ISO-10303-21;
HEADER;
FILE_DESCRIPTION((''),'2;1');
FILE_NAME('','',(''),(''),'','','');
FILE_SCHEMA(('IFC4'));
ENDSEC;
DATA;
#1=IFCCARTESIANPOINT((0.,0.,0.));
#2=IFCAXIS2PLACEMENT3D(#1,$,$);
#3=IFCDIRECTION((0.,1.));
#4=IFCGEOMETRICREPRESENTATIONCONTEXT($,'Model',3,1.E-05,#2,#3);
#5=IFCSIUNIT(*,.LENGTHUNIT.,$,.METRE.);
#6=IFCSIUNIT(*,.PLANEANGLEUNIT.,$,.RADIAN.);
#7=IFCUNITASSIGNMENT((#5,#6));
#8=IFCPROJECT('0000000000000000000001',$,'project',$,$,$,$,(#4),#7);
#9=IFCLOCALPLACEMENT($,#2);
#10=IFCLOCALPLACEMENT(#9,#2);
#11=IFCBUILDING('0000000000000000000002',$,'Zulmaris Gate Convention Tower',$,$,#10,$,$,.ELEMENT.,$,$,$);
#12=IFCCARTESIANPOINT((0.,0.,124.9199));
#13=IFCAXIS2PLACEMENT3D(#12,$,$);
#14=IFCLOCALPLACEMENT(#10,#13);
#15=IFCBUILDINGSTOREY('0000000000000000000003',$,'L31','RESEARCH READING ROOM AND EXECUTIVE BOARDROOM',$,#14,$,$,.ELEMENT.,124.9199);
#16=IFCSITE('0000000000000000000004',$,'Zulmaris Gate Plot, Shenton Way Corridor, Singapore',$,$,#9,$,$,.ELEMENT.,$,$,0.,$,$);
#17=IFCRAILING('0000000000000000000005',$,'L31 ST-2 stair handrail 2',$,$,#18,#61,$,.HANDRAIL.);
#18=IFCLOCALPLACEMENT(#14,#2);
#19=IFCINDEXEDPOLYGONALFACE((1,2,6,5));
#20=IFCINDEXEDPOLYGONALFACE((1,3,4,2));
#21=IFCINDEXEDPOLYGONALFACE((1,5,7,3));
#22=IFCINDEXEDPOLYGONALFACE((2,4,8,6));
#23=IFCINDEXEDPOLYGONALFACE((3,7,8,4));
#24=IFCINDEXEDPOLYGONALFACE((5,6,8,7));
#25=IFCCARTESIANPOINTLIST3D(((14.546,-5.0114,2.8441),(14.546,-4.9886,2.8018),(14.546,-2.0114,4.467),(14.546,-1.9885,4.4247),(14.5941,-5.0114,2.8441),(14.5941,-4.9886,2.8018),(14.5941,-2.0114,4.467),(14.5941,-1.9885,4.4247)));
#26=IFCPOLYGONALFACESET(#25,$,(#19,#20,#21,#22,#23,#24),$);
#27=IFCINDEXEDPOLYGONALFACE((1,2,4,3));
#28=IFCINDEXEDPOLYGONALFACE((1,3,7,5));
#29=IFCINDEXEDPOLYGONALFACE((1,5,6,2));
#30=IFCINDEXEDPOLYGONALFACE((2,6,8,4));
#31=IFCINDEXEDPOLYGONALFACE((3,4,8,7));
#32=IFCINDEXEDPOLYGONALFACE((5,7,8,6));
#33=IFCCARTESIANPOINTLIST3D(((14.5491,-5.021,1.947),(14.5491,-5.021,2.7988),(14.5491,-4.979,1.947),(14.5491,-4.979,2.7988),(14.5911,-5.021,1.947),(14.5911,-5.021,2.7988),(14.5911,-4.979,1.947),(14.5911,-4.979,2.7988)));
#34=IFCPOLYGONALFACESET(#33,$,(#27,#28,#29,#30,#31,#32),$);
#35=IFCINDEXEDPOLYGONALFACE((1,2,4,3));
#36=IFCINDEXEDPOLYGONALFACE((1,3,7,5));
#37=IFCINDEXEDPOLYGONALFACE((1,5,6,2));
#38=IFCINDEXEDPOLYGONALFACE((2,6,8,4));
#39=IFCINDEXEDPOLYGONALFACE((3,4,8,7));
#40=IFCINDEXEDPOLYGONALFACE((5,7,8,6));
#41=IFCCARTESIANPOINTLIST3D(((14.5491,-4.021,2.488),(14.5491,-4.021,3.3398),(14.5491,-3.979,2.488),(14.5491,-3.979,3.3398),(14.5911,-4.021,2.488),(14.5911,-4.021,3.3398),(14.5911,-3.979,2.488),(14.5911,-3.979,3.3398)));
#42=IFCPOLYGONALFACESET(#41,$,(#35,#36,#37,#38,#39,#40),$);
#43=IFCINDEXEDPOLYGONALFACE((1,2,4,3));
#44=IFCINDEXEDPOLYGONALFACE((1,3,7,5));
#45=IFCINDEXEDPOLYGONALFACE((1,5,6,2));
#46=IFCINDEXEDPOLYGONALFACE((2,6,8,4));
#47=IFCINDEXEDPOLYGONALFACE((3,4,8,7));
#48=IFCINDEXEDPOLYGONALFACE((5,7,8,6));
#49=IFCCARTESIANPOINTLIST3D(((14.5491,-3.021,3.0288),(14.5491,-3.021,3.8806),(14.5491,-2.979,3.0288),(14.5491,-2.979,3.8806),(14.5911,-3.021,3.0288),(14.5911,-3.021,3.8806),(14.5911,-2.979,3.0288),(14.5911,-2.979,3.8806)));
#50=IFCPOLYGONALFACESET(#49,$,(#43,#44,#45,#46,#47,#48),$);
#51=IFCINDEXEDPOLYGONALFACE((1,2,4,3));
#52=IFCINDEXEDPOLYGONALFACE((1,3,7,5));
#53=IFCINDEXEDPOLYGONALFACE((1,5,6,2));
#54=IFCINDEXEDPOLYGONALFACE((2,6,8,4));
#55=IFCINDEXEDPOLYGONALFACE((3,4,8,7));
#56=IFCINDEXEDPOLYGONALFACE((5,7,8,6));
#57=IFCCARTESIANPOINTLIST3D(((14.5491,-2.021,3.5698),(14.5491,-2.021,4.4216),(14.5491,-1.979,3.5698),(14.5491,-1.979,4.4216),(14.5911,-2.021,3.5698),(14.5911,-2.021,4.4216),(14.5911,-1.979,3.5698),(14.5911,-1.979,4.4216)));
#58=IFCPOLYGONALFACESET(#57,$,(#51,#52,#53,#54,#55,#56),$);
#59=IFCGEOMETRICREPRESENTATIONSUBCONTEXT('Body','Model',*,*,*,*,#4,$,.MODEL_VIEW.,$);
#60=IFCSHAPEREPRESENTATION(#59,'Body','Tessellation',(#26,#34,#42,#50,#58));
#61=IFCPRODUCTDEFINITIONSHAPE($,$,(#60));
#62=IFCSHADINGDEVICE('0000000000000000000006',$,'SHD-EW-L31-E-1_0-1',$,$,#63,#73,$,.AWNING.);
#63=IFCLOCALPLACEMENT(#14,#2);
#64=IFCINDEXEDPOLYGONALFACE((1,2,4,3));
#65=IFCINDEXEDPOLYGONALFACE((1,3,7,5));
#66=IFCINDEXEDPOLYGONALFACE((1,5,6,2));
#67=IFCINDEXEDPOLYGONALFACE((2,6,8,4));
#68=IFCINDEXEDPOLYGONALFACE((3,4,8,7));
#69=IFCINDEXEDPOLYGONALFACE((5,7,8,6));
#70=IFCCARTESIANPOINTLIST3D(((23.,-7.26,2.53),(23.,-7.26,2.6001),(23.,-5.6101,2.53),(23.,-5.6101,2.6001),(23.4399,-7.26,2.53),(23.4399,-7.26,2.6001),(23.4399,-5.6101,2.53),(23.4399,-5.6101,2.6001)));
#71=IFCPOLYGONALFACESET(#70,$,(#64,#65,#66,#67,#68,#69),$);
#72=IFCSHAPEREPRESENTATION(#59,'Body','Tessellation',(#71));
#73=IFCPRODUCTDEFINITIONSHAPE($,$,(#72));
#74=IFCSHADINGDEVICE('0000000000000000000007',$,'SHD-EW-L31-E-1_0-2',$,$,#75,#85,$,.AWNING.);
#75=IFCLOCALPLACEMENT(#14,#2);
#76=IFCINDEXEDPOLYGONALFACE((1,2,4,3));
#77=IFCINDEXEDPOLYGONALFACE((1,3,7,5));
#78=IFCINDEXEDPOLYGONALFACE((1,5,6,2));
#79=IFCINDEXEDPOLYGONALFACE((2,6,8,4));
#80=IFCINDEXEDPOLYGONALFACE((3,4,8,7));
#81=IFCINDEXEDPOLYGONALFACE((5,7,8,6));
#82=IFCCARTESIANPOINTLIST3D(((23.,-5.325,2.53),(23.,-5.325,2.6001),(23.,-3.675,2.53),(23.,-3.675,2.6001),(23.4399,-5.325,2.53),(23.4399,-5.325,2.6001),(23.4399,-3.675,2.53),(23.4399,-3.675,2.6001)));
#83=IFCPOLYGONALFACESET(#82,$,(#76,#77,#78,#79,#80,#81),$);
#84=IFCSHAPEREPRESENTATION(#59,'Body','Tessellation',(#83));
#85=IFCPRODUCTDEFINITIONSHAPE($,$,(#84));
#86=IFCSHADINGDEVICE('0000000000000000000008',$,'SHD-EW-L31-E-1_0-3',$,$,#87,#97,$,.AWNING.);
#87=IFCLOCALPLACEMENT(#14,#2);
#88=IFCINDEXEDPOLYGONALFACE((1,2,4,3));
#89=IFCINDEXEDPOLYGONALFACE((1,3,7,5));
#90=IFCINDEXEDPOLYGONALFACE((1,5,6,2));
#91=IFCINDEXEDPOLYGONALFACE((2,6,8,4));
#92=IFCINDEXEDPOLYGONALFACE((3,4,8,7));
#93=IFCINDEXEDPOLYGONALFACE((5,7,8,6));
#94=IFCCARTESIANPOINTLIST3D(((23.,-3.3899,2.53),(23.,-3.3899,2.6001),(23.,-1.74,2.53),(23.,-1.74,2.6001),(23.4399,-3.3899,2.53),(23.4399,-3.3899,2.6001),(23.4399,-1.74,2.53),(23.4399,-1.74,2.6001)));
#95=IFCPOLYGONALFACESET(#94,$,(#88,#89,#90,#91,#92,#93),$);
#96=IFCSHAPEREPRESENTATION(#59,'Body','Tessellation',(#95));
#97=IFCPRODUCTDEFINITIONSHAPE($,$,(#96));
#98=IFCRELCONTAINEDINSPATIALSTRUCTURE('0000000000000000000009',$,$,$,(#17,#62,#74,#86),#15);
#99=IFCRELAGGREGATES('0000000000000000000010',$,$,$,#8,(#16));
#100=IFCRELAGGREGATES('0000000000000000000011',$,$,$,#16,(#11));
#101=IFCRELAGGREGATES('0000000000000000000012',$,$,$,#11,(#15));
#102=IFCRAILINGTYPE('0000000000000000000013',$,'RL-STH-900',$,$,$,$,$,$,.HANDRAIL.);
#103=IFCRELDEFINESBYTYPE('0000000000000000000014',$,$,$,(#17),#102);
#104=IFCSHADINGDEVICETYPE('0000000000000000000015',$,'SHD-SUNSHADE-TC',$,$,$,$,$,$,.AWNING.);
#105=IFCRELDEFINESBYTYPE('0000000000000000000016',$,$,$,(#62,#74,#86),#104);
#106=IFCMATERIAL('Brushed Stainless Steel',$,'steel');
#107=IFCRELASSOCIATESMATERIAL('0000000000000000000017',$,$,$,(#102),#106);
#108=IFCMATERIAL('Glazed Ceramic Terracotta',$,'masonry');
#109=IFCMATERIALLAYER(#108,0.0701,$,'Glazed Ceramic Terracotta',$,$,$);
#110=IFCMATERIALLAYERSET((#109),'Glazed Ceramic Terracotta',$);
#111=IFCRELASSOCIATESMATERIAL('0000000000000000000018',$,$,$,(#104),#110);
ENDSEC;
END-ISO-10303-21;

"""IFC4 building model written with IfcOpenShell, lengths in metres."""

from ifc_helpers import new_model, si_unit, direction, frame, frame_2d, origin, origin_2d, place, context, subcontext, project, spatial, rectangle, extrude, material, layer, layer_set, type_object, element, save


model = new_model("IFC4")

# Units and contexts
model_context = context("Model", 3, precision=1e-05, world=origin(), true_north=direction((0.0, 1.0)))
body_context = subcontext(model_context, "Body", "Model", "MODEL_VIEW")
ifc_project = project(units=[si_unit("LENGTHUNIT", "METRE"), si_unit("PLANEANGLEUNIT", "RADIAN")], contexts=[model_context])

# Site, building, storey
site_placement = place(None, origin())
site = spatial("IfcSite", under=ifc_project, at=site_placement, Name="Zulmaris Gate Plot, Shenton Way Corridor, Singapore", CompositionType="ELEMENT", RefElevation=0.0)
building_placement = place(site_placement, origin())
building = spatial("IfcBuilding", under=site, at=building_placement, Name="Zulmaris Gate Convention Tower", CompositionType="ELEMENT")
storey_placement = place(building_placement, frame((0.0, 0.0, 124.9199)))
storey = spatial("IfcBuildingStorey", under=building, at=storey_placement, Name="L31", Description="RESEARCH READING ROOM AND EXECUTIVE BOARDROOM", CompositionType="ELEMENT", Elevation=124.9199)

# Shared definitions
ifc_material_1 = material(Name="Brushed Stainless Steel", Category="steel")

# Railing
railing_type_1 = type_object("IfcRailingType", Name="RL-STH-900", PredefinedType="HANDRAIL", material=ifc_material_1)
railing_1_placement = place(storey_placement, frame((14.5701, -5.0, 1.947)))
element("IfcRailing", 1, at=railing_1_placement, inside=storey, type_object=railing_type_1, Name="L31 ST-2 stair handrail 2", PredefinedType="HANDRAIL", context=body_context, shape_type="SweptSolid", body=[
    extrude(rectangle(XDim=0.0481, YDim=0.0481, at=origin_2d()), frame((0.0, 0.0, 0.876), z_axis=(0.0, 0.879562, 0.475785), x_axis=(-1.0, 0.0, 0.0)), (0.0, 0.0, 1.0), 3.4109),
    extrude(rectangle(XDim=0.042, YDim=0.042, at=origin_2d()), origin(), (0.0, 0.0, 1.0), 0.8518),
    extrude(rectangle(XDim=0.042, YDim=0.042, at=origin_2d()), frame((0.0, 1.0, 0.541)), (0.0, 0.0, 1.0), 0.8518),
    extrude(rectangle(XDim=0.042, YDim=0.042, at=origin_2d()), frame((0.0, 2.0, 1.0818)), (0.0, 0.0, 1.0), 0.8518),
    extrude(rectangle(XDim=0.042, YDim=0.042, at=origin_2d()), frame((0.0, 3.0, 1.6228)), (0.0, 0.0, 1.0), 0.8518),
])

# Shading devices
ifc_material_2 = material(Name="Glazed Ceramic Terracotta", Category="masonry")
ifc_layer_1 = layer(ifc_material_2, 0.0701, Name="Glazed Ceramic Terracotta")
ifc_layer_set_1 = layer_set([ifc_layer_1], Name="Glazed Ceramic Terracotta")
shading_device_type = type_object("IfcShadingDeviceType", Name="SHD-SUNSHADE-TC", PredefinedType="AWNING", material=ifc_layer_set_1)
for number, where, z_axis, x_axis, name in (
    (2, (23.22, -7.26, 2.53), (0.0, 0.0, 1.0), (0.0, 1.0, 0.0), "SHD-EW-L31-E-1_0-1"),
    (3, (23.22, -5.325, 2.53), (0.0, 0.0, 1.0), (0.0, 1.0, 0.0), "SHD-EW-L31-E-1_0-2"),
    (4, (23.22, -3.3899, 2.53), (0.0, 0.0, 1.0), (0.0, 1.0, 0.0), "SHD-EW-L31-E-1_0-3"),
):
    element("IfcShadingDevice", number, at=place(storey_placement, frame(where, z_axis=z_axis, x_axis=x_axis)), inside=storey, type_object=shading_device_type, Name=name, PredefinedType="AWNING", context=body_context, shape_type="SweptSolid", body=[
        extrude(rectangle(XDim=1.6499, YDim=0.4399, at=frame_2d((0.825, 0.0))), origin(), (0.0, 0.0, 1.0), 0.0701),
    ])

save(model, "model.ifc")
